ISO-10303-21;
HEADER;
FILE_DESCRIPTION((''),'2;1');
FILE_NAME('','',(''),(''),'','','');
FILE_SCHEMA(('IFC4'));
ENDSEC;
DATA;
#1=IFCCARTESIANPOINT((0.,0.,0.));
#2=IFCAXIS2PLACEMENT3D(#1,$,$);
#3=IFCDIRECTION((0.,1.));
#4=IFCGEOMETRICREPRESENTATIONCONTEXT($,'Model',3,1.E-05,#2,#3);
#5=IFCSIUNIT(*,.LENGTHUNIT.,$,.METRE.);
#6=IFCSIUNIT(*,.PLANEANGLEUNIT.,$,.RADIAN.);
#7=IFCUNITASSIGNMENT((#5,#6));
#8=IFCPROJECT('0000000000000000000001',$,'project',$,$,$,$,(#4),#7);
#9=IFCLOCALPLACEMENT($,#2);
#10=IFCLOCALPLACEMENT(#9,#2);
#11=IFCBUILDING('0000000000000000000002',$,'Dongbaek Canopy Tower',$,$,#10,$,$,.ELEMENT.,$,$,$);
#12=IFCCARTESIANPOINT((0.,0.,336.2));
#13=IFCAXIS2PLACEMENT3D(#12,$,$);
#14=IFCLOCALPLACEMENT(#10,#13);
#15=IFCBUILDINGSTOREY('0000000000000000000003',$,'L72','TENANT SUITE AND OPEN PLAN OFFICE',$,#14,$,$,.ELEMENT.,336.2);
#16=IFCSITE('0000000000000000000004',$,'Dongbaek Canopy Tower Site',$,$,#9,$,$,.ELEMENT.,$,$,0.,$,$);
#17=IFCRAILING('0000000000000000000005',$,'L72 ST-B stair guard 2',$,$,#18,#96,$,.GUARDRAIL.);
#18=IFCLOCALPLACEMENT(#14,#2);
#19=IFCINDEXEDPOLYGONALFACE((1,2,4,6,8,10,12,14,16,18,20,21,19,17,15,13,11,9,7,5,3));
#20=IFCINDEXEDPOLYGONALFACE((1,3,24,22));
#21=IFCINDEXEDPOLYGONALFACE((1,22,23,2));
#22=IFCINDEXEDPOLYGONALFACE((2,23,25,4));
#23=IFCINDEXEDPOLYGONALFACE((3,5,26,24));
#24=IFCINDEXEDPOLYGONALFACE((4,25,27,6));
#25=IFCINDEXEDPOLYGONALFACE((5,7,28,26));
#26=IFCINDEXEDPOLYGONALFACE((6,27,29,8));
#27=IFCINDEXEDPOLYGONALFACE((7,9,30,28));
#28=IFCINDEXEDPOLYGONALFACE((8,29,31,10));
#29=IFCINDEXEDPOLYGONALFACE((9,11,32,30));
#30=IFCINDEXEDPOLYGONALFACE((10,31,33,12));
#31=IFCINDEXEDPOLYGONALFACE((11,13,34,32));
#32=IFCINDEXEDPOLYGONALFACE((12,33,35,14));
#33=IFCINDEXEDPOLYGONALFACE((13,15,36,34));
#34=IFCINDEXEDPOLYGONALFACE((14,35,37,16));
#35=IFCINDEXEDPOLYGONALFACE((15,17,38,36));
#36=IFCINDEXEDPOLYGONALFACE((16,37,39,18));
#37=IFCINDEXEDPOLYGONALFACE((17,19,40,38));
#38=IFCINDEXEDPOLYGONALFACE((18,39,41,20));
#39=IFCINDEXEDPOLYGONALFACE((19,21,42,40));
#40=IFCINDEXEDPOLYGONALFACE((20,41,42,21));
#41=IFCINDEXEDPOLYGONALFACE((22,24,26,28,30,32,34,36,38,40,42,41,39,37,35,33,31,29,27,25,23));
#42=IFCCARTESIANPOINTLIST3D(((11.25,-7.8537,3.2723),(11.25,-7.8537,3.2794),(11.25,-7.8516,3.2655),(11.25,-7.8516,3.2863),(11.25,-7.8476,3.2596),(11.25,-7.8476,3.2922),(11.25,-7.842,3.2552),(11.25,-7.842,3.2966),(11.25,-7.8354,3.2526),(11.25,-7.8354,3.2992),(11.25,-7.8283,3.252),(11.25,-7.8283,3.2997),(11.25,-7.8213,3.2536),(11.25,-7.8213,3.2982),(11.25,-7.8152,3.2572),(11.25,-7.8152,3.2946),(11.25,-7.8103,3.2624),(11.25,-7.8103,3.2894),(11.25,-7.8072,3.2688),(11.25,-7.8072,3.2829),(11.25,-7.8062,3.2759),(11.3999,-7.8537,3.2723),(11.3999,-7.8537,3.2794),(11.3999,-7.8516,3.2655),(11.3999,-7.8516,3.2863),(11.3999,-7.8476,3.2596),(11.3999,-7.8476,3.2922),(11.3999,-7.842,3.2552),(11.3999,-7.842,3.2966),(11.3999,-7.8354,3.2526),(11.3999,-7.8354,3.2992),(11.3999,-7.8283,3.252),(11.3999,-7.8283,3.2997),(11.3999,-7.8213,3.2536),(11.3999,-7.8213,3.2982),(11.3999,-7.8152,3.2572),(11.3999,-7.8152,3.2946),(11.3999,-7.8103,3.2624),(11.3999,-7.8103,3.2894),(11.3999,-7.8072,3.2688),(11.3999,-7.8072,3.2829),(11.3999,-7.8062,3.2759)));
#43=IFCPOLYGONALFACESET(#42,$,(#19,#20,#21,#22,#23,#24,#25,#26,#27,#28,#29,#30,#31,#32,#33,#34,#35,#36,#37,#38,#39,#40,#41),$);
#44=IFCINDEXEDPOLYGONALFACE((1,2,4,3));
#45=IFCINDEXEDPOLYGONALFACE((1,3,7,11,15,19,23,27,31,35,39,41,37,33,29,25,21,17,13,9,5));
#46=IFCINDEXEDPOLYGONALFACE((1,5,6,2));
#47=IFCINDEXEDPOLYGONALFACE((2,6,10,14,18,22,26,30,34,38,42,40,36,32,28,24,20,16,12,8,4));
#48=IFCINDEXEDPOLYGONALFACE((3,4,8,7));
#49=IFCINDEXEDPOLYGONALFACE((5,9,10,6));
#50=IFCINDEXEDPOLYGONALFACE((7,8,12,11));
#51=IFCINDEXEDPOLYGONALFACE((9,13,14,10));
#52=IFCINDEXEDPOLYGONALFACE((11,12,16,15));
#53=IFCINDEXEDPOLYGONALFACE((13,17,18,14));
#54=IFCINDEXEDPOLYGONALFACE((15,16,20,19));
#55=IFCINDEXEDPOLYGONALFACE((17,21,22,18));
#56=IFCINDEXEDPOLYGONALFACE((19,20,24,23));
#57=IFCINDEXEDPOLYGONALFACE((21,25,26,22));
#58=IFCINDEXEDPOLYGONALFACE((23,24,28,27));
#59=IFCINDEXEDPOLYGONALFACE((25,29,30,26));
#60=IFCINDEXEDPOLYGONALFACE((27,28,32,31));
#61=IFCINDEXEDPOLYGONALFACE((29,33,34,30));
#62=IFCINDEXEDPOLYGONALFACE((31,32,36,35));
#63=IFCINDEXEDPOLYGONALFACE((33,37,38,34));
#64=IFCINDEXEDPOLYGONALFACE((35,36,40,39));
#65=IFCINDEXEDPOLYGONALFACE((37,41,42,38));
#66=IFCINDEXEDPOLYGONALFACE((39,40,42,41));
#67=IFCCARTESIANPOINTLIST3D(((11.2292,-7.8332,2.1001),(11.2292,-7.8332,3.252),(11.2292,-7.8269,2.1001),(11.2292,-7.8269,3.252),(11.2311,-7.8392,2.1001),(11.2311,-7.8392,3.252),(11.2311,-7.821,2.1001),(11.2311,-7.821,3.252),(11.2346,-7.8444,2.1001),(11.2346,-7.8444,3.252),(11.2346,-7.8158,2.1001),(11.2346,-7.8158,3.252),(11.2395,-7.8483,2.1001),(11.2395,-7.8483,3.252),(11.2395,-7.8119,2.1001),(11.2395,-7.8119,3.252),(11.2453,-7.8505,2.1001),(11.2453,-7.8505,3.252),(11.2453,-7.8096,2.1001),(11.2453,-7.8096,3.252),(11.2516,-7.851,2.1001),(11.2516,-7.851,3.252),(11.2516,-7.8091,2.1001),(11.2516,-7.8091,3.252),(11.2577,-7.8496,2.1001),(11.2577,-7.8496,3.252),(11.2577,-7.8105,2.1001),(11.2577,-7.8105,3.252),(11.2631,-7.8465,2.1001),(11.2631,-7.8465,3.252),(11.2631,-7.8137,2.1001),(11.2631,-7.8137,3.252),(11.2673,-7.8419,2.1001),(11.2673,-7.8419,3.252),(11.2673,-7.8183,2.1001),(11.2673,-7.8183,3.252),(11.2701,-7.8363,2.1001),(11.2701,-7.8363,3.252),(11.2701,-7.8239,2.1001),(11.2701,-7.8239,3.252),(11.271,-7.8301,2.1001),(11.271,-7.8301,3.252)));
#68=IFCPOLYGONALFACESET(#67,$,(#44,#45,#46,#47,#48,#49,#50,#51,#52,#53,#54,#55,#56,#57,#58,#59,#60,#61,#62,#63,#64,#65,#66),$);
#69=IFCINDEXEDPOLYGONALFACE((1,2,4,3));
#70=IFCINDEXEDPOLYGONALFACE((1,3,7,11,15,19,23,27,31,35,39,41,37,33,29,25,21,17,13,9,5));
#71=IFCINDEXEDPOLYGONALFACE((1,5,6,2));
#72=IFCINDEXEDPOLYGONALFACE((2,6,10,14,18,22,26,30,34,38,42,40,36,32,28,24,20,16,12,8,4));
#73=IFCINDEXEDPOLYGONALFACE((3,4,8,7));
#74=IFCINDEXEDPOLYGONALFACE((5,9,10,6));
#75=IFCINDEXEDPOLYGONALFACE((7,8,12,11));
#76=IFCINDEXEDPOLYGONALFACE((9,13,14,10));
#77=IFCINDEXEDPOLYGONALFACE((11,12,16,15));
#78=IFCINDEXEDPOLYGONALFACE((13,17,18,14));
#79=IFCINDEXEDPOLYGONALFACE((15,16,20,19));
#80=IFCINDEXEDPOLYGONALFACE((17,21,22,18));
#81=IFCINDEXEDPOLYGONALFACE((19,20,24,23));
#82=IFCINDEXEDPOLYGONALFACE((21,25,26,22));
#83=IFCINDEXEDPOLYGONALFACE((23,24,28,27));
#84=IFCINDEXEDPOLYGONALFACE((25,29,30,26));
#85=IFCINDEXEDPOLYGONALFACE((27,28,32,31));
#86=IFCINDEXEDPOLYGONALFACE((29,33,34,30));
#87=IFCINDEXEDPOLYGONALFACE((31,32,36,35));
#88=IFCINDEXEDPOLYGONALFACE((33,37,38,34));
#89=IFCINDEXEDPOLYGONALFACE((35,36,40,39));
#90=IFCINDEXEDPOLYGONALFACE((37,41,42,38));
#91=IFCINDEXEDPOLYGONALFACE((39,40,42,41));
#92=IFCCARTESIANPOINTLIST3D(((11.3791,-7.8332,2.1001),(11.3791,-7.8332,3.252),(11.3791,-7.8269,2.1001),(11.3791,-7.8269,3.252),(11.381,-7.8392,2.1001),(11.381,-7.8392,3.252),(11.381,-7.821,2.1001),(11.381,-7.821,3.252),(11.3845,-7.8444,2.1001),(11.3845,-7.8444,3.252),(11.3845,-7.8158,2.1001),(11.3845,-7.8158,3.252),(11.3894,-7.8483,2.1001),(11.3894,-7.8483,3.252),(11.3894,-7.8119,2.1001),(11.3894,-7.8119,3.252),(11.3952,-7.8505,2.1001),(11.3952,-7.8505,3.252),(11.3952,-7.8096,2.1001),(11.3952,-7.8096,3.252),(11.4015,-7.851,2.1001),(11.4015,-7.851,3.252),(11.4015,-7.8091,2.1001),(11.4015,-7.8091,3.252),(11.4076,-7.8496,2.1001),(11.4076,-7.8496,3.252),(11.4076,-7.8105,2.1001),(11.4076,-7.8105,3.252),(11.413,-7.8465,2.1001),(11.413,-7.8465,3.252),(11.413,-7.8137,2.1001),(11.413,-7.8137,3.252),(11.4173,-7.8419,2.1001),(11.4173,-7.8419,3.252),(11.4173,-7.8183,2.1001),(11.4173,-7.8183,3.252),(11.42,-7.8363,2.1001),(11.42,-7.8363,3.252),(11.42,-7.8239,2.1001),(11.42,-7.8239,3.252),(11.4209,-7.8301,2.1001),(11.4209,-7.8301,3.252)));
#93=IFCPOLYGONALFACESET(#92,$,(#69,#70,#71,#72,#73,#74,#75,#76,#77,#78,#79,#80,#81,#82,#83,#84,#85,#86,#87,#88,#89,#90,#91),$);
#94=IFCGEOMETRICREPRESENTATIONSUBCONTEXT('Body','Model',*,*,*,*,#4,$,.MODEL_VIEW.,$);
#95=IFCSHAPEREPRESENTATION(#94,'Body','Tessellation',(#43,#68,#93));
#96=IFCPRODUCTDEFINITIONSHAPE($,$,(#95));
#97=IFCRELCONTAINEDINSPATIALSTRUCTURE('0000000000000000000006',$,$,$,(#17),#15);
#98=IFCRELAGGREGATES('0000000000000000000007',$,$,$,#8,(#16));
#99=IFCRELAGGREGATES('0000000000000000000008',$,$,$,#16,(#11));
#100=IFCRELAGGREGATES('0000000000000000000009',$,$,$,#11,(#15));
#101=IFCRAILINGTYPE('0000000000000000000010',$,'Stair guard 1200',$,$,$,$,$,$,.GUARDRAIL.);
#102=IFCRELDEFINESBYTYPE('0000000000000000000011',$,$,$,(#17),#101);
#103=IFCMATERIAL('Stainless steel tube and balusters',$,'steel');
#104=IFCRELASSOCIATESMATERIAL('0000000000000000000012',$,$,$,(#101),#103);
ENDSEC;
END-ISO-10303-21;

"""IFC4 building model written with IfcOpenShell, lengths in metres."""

from ifc_helpers import new_model, si_unit, direction, frame, origin, origin_2d, place, context, subcontext, project, spatial, circle, extrude, material, type_object, element, save


model = new_model("IFC4")

# Units and contexts
model_context = context("Model", 3, precision=1e-05, world=origin(), true_north=direction((0.0, 1.0)))
body_context = subcontext(model_context, "Body", "Model", "MODEL_VIEW")
ifc_project = project(units=[si_unit("LENGTHUNIT", "METRE"), si_unit("PLANEANGLEUNIT", "RADIAN")], contexts=[model_context])

# Site, building, storey
site_placement = place(None, origin())
site = spatial("IfcSite", under=ifc_project, at=site_placement, Name="Dongbaek Canopy Tower Site", CompositionType="ELEMENT", RefElevation=0.0)
building_placement = place(site_placement, origin())
building = spatial("IfcBuilding", under=site, at=building_placement, Name="Dongbaek Canopy Tower", CompositionType="ELEMENT")
storey_placement = place(building_placement, frame((0.0, 0.0, 336.2)))
storey = spatial("IfcBuildingStorey", under=building, at=storey_placement, Name="L72", Description="TENANT SUITE AND OPEN PLAN OFFICE", CompositionType="ELEMENT", Elevation=336.2)

# Railing
ifc_material_1 = material(Name="Stainless steel tube and balusters", Category="steel")
railing_type_1 = type_object("IfcRailingType", Name="Stair guard 1200", PredefinedType="GUARDRAIL", material=ifc_material_1)
railing_1_placement = place(storey_placement, frame((11.25, -7.8301, 2.1001)))
element("IfcRailing", 1, at=railing_1_placement, inside=storey, type_object=railing_type_1, Name="L72 ST-B stair guard 2", PredefinedType="GUARDRAIL", context=body_context, shape_type="SweptSolid", body=[
    extrude(circle(Radius=0.0239, at=origin_2d()), frame((0.0, 0.0, 1.1758), z_axis=(1.0, 0.0, 0.0), x_axis=(0.0, 1.0, 0.0)), (0.0, 0.0, 1.0), 0.1499),
    extrude(circle(Radius=0.021, at=origin_2d()), origin(), (0.0, 0.0, 1.0), 1.1519),
    extrude(circle(Radius=0.021, at=origin_2d()), frame((0.1499, 0.0, 0.0)), (0.0, 0.0, 1.0), 1.1519),
])

save(model, "model.ifc")
